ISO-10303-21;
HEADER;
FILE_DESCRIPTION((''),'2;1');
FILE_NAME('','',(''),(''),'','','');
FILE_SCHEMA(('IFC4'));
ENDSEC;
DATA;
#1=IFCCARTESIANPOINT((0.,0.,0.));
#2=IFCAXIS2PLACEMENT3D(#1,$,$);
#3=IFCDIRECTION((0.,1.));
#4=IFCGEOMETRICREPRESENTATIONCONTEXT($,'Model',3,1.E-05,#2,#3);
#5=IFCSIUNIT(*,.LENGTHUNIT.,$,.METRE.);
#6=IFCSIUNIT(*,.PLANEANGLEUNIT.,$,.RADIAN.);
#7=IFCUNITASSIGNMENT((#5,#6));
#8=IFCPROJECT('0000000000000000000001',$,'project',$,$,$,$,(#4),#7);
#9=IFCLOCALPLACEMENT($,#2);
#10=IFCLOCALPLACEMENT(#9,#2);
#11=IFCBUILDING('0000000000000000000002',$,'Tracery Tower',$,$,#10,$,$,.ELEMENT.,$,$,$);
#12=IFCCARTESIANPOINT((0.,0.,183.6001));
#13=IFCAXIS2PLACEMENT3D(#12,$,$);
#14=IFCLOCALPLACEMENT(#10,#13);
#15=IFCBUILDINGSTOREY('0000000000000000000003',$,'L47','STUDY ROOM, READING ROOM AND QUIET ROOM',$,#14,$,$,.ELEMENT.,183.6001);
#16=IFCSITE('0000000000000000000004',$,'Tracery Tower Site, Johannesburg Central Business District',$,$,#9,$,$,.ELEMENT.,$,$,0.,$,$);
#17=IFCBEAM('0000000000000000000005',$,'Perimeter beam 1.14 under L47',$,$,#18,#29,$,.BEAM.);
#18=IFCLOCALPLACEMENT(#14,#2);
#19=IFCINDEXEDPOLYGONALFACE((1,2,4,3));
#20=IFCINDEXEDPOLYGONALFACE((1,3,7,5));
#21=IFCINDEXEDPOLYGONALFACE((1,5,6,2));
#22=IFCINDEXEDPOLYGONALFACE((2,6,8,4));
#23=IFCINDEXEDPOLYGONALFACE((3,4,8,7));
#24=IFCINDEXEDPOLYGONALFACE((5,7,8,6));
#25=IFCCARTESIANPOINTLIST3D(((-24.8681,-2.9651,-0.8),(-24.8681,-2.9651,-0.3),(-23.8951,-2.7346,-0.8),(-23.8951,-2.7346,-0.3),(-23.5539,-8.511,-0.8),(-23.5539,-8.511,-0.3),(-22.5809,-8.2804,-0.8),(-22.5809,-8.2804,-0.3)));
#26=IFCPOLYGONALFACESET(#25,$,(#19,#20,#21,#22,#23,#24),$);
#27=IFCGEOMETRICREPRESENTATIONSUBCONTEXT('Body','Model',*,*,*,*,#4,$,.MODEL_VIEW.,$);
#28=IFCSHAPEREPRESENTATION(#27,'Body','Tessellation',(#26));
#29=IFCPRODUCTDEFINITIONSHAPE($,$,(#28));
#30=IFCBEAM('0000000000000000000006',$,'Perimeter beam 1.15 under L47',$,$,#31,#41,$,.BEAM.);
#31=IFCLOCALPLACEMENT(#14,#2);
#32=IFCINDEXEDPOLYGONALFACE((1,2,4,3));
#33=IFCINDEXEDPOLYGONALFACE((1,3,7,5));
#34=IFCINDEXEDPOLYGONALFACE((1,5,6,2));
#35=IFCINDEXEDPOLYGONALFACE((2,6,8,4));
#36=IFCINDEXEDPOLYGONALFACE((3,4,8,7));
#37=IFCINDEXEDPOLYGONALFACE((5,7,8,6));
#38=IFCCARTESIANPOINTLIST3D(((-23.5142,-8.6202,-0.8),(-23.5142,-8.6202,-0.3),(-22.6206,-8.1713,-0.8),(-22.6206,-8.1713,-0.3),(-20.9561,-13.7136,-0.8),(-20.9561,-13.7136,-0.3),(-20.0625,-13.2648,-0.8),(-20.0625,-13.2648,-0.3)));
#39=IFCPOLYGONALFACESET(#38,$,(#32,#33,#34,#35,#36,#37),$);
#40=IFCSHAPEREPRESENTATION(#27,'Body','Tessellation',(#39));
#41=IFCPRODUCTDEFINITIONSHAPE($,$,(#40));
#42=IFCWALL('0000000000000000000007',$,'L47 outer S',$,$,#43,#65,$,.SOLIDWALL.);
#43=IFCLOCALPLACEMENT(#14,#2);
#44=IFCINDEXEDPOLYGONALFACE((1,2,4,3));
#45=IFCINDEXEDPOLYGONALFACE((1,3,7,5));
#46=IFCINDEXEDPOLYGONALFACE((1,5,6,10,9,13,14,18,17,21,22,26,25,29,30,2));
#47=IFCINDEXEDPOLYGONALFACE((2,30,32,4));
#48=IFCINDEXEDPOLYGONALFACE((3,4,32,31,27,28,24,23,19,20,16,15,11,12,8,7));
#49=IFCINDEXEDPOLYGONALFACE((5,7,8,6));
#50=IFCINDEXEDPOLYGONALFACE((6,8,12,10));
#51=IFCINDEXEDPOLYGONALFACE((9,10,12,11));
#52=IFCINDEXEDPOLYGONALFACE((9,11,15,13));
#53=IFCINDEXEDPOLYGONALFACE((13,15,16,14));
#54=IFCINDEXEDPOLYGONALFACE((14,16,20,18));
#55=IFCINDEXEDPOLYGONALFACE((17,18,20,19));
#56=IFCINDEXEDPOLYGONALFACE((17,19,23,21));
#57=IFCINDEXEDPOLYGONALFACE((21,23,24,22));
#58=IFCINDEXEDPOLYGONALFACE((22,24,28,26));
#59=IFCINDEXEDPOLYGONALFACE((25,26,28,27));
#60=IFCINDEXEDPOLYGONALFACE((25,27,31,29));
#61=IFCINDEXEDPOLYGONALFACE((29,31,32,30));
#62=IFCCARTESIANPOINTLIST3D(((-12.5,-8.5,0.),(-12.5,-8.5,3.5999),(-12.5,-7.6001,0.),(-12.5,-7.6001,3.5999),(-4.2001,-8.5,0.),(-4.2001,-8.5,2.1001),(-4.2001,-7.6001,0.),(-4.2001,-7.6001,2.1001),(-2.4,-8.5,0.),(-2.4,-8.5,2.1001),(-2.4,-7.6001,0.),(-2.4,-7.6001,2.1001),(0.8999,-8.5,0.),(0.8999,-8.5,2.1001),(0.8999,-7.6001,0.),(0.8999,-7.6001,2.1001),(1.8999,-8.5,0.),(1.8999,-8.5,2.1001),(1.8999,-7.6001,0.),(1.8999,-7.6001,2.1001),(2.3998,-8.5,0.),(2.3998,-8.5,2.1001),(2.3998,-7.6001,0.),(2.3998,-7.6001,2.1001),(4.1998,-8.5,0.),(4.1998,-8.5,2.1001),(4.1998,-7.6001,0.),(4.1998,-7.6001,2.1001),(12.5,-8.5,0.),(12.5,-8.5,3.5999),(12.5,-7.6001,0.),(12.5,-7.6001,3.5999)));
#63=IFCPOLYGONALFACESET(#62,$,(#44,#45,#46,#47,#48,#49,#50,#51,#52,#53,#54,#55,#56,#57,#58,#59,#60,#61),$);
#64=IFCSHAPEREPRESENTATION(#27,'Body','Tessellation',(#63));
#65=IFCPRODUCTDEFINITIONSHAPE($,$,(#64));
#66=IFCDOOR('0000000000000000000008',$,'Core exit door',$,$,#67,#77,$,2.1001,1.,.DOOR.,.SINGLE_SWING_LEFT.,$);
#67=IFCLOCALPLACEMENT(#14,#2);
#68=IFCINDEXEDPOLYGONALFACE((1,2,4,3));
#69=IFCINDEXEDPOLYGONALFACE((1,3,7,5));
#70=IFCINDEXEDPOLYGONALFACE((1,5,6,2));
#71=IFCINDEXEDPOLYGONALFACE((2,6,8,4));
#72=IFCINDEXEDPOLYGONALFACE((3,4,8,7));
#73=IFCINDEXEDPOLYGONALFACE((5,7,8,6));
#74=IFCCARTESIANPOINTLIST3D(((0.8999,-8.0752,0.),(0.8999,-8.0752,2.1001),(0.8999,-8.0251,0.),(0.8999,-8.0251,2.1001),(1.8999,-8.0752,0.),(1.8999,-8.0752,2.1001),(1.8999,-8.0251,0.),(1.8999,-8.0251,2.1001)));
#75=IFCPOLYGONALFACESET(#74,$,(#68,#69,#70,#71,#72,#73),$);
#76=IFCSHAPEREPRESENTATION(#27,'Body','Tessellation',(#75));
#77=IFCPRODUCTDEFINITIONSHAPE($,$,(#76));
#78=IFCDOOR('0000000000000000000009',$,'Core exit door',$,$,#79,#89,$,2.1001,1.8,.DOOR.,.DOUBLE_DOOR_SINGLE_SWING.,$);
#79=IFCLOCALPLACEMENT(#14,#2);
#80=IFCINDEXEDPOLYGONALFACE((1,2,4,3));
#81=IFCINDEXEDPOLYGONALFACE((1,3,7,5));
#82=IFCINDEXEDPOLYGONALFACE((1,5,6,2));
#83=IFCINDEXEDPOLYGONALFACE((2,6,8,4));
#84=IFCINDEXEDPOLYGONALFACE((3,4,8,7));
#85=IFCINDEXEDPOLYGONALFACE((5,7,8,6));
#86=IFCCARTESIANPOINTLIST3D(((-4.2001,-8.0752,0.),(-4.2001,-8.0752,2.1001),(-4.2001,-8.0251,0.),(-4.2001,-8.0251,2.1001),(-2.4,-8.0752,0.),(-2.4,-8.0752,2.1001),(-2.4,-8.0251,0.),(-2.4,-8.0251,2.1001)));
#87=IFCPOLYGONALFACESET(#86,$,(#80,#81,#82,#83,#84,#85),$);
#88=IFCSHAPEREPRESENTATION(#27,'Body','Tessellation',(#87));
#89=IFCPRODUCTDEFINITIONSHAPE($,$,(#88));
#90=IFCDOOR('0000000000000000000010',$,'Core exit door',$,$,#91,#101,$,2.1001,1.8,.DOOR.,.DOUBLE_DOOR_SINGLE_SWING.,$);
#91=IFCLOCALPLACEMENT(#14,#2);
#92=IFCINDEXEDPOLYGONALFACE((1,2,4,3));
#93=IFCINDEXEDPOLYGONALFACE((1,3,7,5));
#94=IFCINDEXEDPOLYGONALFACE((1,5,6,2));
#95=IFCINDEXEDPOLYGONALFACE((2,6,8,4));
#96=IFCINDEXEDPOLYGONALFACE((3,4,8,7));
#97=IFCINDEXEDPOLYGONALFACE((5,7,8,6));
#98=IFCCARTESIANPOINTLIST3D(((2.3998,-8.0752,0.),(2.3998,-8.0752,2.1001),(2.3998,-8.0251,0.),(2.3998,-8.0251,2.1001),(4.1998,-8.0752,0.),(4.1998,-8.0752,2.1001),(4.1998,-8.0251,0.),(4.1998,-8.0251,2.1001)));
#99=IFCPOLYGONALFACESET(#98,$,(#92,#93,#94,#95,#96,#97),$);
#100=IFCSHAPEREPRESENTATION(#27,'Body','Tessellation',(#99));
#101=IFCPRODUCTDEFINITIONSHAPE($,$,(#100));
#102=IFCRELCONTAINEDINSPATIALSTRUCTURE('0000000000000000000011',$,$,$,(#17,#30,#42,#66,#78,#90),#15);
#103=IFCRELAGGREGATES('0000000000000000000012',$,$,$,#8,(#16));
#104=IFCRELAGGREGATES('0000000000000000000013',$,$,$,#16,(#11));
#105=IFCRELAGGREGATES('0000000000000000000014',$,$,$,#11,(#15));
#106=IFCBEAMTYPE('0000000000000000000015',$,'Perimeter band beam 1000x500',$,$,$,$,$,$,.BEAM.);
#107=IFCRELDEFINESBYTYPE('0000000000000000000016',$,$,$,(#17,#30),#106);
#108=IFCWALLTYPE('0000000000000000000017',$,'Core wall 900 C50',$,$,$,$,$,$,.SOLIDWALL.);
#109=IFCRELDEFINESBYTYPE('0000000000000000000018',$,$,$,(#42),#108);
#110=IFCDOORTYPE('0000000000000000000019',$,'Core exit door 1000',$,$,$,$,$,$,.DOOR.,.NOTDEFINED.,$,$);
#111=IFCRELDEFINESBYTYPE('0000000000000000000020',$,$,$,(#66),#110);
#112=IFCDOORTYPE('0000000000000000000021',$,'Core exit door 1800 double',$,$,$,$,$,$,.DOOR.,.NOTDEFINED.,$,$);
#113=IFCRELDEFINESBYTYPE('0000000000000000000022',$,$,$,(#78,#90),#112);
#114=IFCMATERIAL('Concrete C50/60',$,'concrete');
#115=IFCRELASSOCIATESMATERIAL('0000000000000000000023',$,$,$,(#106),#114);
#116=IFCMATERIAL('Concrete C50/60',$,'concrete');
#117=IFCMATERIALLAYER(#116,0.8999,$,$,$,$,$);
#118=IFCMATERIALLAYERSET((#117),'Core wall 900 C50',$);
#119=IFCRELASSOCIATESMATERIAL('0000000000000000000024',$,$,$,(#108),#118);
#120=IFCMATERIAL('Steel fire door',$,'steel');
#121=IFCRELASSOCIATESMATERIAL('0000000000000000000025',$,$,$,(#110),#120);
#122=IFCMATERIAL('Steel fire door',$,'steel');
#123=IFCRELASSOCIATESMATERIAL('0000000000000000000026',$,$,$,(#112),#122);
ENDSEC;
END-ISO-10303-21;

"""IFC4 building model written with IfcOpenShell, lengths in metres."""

from ifc_helpers import new_model, si_unit, direction, frame, frame_2d, origin, origin_2d, place, context, subcontext, project, spatial, rectangle, extrude, material, layer, layer_set, material_profile, profile_set, type_object, element, fill, save


model = new_model("IFC4")

# Units and contexts
model_context = context("Model", 3, precision=1e-05, world=origin(), true_north=direction((0.0, 1.0)))
body_context = subcontext(model_context, "Body", "Model", "MODEL_VIEW")
ifc_project = project(units=[si_unit("LENGTHUNIT", "METRE"), si_unit("PLANEANGLEUNIT", "RADIAN")], contexts=[model_context])

# Site, building, storey
site_placement = place(None, origin())
site = spatial("IfcSite", under=ifc_project, at=site_placement, Name="Tracery Tower Site, Johannesburg Central Business District", CompositionType="ELEMENT", RefElevation=0.0)
building_placement = place(site_placement, origin())
building = spatial("IfcBuilding", under=site, at=building_placement, Name="Tracery Tower", CompositionType="ELEMENT")
storey_placement = place(building_placement, frame((0.0, 0.0, 183.6001)))
storey = spatial("IfcBuildingStorey", under=building, at=storey_placement, Name="L47", Description="STUDY ROOM, READING ROOM AND QUIET ROOM", CompositionType="ELEMENT", Elevation=183.6001)

# Beams
ifc_material_1 = material(Name="Concrete C50/60", Category="concrete")
ifc_material_profile_1 = material_profile(ifc_material_1, rectangle(XDim=1.0, YDim=0.5, at=origin_2d()), Name="RC 1000x500")
ifc_profile_set_1 = profile_set([ifc_material_profile_1], Name="Concrete C50/60")
beam_type = type_object("IfcBeamType", Name="Perimeter band beam 1000x500", PredefinedType="BEAM", material=ifc_profile_set_1)
beam_1_placement = place(storey_placement, frame((-24.3816, -2.8499, -0.55), z_axis=(0.230584, -0.973052, 0.0), x_axis=(0.973052, 0.230584, 0.0)))
element("IfcBeam", 1, at=beam_1_placement, inside=storey, type_object=beam_type, Name="Perimeter beam 1.14 under L47", PredefinedType="BEAM", context=body_context, shape_type="SweptSolid", body=[
    extrude(rectangle(XDim=1.0, YDim=0.5, at=origin_2d()), origin(), (0.0, 0.0, 1.0), 5.6995),
])
beam_2_placement = place(storey_placement, frame((-23.0674, -8.3958, -0.55), z_axis=(0.448806, -0.893629, 0.0), x_axis=(0.893629, 0.448806, 0.0)))
element("IfcBeam", 2, at=beam_2_placement, inside=storey, type_object=beam_type, Name="Perimeter beam 1.15 under L47", PredefinedType="BEAM", context=body_context, shape_type="SweptSolid", body=[
    extrude(rectangle(XDim=1.0, YDim=0.5, at=origin_2d()), origin(), (0.0, 0.0, 1.0), 5.6997),
])

# Wall, openings, doors
ifc_material_2 = material(Name="Concrete C50/60", Category="concrete")
ifc_layer_1 = layer(ifc_material_2, 0.8999)
ifc_layer_set_1 = layer_set([ifc_layer_1], Name="Core wall 900 C50")
wall_type_1 = type_object("IfcWallType", Name="Core wall 900 C50", PredefinedType="SOLIDWALL", material=ifc_layer_set_1)
wall_1_placement = place(storey_placement, frame((-12.5, -8.05, 0.0), z_axis=(0.0, 0.0, 1.0), x_axis=(1.0, 0.0, 0.0)))
wall_1 = element("IfcWall", 3, at=wall_1_placement, inside=storey, type_object=wall_type_1, Name="L47 outer S", PredefinedType="SOLIDWALL", context=body_context, shape_type="SweptSolid", body=[
    extrude(rectangle(XDim=25.0, YDim=0.8999, at=frame_2d((12.5, 0.0))), origin(), (0.0, 0.0, 1.0), 3.5999),
])
opening_1_placement = place(wall_1_placement, frame((13.3999, 0.0, 0.0)))
opening_1 = element("IfcOpeningElement", 4, at=opening_1_placement, cuts=wall_1, PredefinedType="OPENING", context=body_context, shape_type="SweptSolid", body=[
    extrude(rectangle(XDim=1.0, YDim=2.1001, at=frame_2d((0.5, 1.05))), frame((0.0, 0.45, 0.0), z_axis=(0.0, -1.0, 0.0), x_axis=(1.0, 0.0, 0.0)), (0.0, 0.0, 1.0), 0.8999),
])
opening_2_placement = place(wall_1_placement, frame((8.3, 0.0, 0.0)))
opening_2 = element("IfcOpeningElement", 5, at=opening_2_placement, cuts=wall_1, PredefinedType="OPENING", context=body_context, shape_type="SweptSolid", body=[
    extrude(rectangle(XDim=1.8, YDim=2.1001, at=frame_2d((0.8999, 1.05))), frame((0.0, 0.45, 0.0), z_axis=(0.0, -1.0, 0.0), x_axis=(1.0, 0.0, 0.0)), (0.0, 0.0, 1.0), 0.8999),
])
opening_3_placement = place(wall_1_placement, frame((14.8999, 0.0, 0.0)))
opening_3 = element("IfcOpeningElement", 6, at=opening_3_placement, cuts=wall_1, PredefinedType="OPENING", context=body_context, shape_type="SweptSolid", body=[
    extrude(rectangle(XDim=1.8, YDim=2.1001, at=frame_2d((0.8999, 1.05))), frame((0.0, 0.45, 0.0), z_axis=(0.0, -1.0, 0.0), x_axis=(1.0, 0.0, 0.0)), (0.0, 0.0, 1.0), 0.8999),
])
ifc_material_3 = material(Name="Steel fire door", Category="steel")
door_type_1 = type_object("IfcDoorType", Name="Core exit door 1000", OperationType="NOTDEFINED", PredefinedType="DOOR", material=ifc_material_3)
door_1_placement = place(opening_1_placement, origin())
door_1 = element("IfcDoor", 7, at=door_1_placement, inside=storey, type_object=door_type_1, Name="Core exit door", OperationType="SINGLE_SWING_LEFT", OverallHeight=2.1001, OverallWidth=1.0, PredefinedType="DOOR", context=body_context, shape_type="SweptSolid", body=[
    extrude(rectangle(XDim=1.0, YDim=2.1001, at=frame_2d((0.5, 1.05))), frame((0.0, 0.0249, 0.0), z_axis=(0.0, -1.0, 0.0), x_axis=(1.0, 0.0, 0.0)), (0.0, 0.0, 1.0), 0.05),
])
fill(opening_1, door_1)
ifc_material_4 = material(Name="Steel fire door", Category="steel")
door_type_2 = type_object("IfcDoorType", Name="Core exit door 1800 double", OperationType="NOTDEFINED", PredefinedType="DOOR", material=ifc_material_4)
door_2_placement = place(opening_2_placement, origin())
door_2 = element("IfcDoor", 8, at=door_2_placement, inside=storey, type_object=door_type_2, Name="Core exit door", OperationType="DOUBLE_DOOR_SINGLE_SWING", OverallHeight=2.1001, OverallWidth=1.8, PredefinedType="DOOR", context=body_context, shape_type="SweptSolid", body=[
    extrude(rectangle(XDim=1.8, YDim=2.1001, at=frame_2d((0.8999, 1.05))), frame((0.0, 0.0249, 0.0), z_axis=(0.0, -1.0, 0.0), x_axis=(1.0, 0.0, 0.0)), (0.0, 0.0, 1.0), 0.05),
])
fill(opening_2, door_2)
door_3_placement = place(opening_3_placement, origin())
door_3 = element("IfcDoor", 9, at=door_3_placement, inside=storey, type_object=door_type_2, Name="Core exit door", OperationType="DOUBLE_DOOR_SINGLE_SWING", OverallHeight=2.1001, OverallWidth=1.8, PredefinedType="DOOR", context=body_context, shape_type="SweptSolid", body=[
    extrude(rectangle(XDim=1.8, YDim=2.1001, at=frame_2d((0.8999, 1.05))), frame((0.0, 0.0249, 0.0), z_axis=(0.0, -1.0, 0.0), x_axis=(1.0, 0.0, 0.0)), (0.0, 0.0, 1.0), 0.05),
])
fill(opening_3, door_3)

save(model, "model.ifc")
